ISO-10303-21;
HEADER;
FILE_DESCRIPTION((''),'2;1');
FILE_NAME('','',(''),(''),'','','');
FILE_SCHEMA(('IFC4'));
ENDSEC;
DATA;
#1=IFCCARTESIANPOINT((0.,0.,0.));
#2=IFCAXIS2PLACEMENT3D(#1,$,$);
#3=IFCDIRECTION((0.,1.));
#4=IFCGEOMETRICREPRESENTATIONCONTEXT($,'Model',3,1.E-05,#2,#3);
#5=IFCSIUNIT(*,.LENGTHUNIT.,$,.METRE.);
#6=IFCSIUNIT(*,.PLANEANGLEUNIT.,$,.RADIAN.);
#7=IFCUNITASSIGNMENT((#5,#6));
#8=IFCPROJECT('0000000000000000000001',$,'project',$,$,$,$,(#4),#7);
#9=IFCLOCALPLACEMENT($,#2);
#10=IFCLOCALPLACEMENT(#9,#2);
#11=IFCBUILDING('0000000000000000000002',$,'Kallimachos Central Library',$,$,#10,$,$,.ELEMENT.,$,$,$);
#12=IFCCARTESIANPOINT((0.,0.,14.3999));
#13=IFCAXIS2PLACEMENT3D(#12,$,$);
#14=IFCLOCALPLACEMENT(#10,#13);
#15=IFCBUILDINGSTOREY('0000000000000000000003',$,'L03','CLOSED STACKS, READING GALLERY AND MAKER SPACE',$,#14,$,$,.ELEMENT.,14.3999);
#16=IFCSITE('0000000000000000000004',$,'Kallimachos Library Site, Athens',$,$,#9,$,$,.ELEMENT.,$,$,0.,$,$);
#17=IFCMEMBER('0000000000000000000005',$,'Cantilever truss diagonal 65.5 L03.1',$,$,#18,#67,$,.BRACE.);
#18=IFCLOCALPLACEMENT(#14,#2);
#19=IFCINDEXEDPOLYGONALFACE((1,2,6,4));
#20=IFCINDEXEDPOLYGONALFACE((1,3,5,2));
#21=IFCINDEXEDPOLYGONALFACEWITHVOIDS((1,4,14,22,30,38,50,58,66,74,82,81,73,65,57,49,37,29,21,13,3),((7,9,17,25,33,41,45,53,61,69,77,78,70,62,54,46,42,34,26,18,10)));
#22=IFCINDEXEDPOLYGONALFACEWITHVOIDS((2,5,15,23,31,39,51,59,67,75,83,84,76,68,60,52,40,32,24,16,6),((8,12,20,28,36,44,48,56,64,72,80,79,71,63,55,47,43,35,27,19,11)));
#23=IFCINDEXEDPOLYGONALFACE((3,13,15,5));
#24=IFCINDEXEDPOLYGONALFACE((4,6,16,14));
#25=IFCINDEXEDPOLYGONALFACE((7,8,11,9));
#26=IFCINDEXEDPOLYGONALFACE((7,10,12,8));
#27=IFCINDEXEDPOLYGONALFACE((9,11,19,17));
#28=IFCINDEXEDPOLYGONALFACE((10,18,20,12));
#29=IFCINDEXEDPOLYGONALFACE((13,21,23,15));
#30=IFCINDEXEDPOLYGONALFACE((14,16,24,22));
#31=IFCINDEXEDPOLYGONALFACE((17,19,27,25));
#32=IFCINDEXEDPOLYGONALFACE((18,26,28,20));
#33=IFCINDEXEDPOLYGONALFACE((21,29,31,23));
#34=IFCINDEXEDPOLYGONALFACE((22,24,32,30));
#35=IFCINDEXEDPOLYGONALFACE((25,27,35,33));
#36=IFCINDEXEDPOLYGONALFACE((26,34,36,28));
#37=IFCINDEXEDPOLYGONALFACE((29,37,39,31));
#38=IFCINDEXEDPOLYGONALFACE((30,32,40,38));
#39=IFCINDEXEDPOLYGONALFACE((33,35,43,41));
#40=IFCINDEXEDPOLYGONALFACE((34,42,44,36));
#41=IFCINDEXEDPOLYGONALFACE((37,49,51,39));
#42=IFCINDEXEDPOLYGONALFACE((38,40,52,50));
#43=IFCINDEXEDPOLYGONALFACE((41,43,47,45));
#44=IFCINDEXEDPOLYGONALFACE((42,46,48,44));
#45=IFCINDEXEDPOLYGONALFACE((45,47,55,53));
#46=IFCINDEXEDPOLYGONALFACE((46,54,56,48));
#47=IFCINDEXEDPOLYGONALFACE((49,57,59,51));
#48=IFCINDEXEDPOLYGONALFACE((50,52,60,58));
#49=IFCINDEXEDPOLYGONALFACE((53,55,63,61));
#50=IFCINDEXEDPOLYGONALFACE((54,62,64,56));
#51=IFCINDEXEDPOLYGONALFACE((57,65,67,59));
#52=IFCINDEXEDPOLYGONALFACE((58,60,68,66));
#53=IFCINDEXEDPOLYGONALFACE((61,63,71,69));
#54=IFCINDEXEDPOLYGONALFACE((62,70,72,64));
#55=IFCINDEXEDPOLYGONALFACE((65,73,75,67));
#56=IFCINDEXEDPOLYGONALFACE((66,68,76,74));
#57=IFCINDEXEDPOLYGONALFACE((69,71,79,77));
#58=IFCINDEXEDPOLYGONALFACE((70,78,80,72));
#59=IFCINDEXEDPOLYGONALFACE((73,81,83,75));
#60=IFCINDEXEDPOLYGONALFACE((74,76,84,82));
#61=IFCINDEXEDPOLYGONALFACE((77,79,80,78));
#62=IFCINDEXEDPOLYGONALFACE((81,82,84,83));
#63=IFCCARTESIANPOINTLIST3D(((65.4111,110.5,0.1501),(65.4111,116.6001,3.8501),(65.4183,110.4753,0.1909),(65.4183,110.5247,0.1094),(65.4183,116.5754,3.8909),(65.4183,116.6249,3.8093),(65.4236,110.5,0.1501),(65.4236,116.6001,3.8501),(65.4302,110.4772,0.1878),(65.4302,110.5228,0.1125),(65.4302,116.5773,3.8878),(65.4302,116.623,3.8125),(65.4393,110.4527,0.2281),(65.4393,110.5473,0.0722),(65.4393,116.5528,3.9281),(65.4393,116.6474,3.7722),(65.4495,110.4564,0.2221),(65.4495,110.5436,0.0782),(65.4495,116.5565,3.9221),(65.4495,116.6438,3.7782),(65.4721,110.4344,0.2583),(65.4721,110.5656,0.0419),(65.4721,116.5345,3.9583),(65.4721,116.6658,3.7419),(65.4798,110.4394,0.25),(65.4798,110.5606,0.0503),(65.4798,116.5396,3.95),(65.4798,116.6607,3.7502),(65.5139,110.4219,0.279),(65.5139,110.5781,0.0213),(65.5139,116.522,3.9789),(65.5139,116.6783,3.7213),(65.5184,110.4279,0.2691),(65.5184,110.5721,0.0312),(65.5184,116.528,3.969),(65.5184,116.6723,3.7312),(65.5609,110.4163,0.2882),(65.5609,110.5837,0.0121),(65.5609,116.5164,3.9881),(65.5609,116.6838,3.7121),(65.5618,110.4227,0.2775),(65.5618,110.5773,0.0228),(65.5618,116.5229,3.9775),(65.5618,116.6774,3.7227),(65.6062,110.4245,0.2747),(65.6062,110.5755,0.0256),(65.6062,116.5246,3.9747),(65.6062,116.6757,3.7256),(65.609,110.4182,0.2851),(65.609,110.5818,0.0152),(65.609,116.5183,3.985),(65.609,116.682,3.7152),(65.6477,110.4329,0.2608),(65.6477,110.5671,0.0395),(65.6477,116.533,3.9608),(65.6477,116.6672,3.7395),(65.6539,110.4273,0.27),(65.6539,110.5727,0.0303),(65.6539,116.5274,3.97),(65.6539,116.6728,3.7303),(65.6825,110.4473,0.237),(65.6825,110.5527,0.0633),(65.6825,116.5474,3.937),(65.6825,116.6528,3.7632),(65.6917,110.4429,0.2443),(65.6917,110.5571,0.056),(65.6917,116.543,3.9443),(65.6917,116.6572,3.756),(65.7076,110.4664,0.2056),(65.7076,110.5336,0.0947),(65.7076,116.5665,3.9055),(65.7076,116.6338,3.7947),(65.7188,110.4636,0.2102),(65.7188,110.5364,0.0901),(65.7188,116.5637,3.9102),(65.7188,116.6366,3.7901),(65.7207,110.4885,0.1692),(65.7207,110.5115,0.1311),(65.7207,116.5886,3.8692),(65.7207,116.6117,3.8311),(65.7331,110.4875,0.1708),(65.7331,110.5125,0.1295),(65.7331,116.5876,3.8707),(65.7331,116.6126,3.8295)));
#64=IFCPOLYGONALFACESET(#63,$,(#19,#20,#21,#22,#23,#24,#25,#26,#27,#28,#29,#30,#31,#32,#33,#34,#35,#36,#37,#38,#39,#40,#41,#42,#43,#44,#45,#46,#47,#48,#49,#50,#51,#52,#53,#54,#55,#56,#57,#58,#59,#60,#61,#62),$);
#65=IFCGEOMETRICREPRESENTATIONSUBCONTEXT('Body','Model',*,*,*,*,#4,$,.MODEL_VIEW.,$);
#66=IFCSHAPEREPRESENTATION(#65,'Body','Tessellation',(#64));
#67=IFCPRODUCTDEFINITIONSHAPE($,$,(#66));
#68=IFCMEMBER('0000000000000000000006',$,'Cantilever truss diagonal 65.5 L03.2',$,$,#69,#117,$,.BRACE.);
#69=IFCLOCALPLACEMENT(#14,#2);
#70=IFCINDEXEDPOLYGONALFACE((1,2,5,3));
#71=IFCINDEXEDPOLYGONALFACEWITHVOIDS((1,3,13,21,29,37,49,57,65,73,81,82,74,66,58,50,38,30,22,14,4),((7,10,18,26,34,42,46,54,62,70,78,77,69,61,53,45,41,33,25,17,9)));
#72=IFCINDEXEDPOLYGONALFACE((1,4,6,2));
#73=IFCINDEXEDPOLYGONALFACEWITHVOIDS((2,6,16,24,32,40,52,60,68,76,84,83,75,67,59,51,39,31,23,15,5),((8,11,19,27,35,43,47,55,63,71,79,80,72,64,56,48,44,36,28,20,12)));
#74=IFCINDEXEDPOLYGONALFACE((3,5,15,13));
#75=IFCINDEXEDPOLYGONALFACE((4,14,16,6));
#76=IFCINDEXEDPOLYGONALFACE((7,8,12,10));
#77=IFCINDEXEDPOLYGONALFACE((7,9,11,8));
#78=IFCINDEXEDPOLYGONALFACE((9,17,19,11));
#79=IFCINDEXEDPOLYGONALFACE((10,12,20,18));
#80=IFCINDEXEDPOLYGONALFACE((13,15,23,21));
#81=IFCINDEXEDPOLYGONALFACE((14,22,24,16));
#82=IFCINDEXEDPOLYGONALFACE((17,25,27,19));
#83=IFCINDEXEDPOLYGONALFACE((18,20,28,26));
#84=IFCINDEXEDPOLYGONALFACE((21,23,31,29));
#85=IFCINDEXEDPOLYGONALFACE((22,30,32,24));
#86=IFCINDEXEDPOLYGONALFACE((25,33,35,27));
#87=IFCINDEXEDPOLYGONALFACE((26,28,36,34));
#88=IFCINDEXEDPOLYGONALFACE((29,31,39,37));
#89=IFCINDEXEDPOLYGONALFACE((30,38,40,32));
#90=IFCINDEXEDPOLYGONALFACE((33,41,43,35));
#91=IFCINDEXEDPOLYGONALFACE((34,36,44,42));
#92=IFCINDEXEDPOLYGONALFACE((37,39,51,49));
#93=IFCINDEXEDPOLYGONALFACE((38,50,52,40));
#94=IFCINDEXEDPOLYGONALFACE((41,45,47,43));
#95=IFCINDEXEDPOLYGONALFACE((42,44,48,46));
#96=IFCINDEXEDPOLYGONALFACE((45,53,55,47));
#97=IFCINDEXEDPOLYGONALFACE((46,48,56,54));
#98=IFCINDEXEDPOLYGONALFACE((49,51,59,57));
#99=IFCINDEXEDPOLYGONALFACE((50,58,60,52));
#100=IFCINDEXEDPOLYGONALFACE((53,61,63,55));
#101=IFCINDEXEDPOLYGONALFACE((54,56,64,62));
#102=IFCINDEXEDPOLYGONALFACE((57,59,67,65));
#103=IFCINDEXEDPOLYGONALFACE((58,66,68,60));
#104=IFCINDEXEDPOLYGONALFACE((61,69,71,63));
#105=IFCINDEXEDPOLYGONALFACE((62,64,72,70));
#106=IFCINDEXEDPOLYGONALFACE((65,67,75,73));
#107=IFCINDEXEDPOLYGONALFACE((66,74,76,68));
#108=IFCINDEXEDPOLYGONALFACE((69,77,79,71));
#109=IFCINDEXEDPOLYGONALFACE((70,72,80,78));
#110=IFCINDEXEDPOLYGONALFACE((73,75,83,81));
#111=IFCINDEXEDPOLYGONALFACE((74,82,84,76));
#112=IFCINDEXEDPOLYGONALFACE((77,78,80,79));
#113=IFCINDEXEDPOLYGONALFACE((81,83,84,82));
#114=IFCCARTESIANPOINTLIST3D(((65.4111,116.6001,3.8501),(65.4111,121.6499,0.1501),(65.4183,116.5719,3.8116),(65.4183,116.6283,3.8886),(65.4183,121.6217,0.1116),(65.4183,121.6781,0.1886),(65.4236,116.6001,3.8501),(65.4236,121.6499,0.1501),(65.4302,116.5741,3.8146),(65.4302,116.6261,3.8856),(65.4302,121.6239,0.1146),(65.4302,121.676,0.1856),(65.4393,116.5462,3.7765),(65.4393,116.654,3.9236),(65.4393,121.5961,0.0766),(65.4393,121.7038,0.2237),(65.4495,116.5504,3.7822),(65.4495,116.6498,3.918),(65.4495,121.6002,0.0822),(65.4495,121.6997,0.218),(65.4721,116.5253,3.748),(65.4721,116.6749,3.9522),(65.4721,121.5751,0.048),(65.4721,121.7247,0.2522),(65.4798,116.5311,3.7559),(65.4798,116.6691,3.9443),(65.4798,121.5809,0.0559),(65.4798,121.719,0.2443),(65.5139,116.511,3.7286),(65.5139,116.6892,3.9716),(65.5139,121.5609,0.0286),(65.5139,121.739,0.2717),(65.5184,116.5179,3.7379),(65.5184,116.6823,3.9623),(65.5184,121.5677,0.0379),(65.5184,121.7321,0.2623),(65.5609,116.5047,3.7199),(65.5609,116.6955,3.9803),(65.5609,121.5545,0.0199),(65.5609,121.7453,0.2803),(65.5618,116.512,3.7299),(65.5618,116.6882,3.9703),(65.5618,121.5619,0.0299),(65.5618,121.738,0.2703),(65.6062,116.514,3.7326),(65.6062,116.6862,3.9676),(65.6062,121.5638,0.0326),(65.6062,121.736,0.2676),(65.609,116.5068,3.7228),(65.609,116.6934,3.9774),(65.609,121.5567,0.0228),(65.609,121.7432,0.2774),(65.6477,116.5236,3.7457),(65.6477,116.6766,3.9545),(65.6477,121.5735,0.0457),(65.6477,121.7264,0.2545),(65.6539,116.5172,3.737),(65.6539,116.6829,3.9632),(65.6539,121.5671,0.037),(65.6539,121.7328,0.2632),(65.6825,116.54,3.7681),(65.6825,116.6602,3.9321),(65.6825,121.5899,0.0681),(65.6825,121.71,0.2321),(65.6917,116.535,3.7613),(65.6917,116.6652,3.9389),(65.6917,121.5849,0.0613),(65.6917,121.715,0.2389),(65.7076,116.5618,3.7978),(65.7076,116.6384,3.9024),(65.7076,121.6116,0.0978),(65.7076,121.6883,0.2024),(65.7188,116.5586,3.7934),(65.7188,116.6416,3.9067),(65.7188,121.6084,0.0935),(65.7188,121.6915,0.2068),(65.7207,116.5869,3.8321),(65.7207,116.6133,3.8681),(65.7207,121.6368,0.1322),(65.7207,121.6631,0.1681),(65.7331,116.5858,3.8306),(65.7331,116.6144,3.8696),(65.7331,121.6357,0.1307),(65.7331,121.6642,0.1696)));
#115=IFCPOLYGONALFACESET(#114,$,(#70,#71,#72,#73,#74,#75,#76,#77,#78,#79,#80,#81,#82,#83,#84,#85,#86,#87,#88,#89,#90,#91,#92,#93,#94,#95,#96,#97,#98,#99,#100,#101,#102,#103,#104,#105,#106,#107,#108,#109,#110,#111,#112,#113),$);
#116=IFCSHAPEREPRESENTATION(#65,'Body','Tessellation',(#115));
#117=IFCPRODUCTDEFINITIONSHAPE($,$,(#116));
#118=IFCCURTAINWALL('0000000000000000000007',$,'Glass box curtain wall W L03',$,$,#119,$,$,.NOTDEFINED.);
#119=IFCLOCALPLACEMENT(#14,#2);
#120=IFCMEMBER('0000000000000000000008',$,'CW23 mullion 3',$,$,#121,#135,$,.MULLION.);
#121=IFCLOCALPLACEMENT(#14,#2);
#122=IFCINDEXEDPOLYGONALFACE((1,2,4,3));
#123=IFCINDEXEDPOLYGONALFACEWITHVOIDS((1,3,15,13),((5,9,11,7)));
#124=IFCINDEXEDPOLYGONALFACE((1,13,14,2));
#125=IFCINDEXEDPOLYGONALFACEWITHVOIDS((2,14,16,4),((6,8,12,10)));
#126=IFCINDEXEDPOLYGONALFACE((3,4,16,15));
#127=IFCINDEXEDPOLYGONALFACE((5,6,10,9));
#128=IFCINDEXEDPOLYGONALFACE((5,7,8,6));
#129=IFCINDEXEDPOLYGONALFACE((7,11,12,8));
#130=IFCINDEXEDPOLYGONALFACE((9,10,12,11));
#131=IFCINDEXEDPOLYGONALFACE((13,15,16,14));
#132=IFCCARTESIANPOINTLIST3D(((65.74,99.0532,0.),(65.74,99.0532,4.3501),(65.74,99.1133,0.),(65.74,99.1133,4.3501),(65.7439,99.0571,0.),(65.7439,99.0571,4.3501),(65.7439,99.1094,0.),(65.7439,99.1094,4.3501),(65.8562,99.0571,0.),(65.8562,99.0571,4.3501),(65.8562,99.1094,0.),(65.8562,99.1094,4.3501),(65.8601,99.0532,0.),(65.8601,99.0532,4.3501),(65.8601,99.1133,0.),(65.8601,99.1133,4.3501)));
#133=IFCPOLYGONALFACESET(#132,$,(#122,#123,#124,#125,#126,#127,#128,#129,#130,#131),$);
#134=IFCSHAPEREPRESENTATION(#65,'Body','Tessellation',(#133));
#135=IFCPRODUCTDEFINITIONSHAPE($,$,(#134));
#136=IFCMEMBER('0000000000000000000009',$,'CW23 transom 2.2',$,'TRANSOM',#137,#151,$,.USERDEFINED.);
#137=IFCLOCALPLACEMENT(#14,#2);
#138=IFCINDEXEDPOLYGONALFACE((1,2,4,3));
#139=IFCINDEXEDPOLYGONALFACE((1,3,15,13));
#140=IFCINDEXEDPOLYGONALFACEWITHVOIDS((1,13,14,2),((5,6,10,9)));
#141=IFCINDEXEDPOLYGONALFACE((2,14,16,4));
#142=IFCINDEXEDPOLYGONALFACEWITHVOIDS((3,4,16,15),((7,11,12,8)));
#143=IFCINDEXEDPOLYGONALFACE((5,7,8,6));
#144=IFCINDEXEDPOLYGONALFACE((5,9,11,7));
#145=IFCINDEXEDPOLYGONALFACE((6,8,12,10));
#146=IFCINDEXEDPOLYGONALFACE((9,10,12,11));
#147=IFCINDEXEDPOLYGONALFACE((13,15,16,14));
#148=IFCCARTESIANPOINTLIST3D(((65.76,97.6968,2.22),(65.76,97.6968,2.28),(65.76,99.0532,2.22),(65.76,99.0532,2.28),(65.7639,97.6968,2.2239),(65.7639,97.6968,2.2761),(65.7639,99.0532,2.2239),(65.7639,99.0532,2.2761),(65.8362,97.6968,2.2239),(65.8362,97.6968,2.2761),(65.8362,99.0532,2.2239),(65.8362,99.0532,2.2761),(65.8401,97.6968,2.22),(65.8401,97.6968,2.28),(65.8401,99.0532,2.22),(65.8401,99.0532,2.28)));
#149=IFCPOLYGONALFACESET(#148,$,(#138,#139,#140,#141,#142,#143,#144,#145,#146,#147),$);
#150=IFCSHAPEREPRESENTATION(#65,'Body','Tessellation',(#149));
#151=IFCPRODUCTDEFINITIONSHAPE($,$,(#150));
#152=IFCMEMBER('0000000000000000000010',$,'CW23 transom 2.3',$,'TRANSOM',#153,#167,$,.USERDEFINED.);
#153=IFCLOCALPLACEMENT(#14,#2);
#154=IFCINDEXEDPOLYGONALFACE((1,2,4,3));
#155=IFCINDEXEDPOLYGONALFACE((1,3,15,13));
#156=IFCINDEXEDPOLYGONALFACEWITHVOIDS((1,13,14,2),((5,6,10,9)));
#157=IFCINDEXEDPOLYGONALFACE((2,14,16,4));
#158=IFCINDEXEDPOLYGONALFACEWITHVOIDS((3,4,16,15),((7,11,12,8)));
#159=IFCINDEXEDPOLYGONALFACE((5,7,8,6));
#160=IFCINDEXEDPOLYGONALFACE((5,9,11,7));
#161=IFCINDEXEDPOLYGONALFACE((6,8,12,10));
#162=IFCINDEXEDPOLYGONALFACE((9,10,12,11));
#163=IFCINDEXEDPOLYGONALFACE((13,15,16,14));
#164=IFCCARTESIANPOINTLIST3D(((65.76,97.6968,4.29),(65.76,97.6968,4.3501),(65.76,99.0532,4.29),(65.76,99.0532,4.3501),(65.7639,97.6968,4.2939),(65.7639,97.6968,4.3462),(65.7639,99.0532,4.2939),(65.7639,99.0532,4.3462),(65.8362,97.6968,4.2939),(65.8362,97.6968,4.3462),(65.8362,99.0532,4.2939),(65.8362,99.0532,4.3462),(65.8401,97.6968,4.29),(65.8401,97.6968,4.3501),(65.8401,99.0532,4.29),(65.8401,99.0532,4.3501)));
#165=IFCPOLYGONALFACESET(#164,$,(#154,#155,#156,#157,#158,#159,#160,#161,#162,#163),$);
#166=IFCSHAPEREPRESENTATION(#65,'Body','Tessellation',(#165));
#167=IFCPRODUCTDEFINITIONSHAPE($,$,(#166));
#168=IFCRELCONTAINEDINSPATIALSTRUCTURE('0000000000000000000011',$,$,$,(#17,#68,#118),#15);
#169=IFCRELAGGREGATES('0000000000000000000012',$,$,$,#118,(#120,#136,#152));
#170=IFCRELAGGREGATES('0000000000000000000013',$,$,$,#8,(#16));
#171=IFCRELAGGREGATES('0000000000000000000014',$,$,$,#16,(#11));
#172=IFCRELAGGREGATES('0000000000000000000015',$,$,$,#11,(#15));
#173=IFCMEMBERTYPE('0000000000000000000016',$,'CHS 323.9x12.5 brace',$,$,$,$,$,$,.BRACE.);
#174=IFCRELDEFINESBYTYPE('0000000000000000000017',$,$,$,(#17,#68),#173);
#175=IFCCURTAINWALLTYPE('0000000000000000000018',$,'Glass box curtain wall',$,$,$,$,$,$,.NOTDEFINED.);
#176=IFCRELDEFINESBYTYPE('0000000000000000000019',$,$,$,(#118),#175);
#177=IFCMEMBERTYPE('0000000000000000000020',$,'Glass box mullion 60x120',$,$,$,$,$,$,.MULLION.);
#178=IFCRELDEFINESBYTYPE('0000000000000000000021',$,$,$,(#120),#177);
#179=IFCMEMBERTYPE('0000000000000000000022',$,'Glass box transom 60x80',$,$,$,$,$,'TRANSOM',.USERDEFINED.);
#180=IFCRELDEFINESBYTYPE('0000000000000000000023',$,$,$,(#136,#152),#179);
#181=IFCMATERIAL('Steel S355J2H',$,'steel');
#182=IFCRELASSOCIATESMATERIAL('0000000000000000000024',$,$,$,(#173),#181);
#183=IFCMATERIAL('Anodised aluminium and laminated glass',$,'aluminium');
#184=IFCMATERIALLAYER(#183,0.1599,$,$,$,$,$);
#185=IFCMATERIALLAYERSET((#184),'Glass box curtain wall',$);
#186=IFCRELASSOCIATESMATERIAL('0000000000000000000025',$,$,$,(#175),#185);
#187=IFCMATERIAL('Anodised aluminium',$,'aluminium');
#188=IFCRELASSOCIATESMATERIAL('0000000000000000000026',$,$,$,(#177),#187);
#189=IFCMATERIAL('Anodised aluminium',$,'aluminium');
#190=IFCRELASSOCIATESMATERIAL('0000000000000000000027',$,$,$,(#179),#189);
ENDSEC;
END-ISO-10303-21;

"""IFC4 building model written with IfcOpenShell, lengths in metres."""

from ifc_helpers import new_model, si_unit, direction, frame, origin, origin_2d, place, context, subcontext, project, spatial, hollow_rectangle, hollow_circle, extrude, material, layer, layer_set, material_profile, profile_set, type_object, element, aggregate, save


model = new_model("IFC4")

# Units and contexts
model_context = context("Model", 3, precision=1e-05, world=origin(), true_north=direction((0.0, 1.0)))
body_context = subcontext(model_context, "Body", "Model", "MODEL_VIEW")
ifc_project = project(units=[si_unit("LENGTHUNIT", "METRE"), si_unit("PLANEANGLEUNIT", "RADIAN")], contexts=[model_context])

# Site, building, storey
site_placement = place(None, origin())
site = spatial("IfcSite", under=ifc_project, at=site_placement, Name="Kallimachos Library Site, Athens", CompositionType="ELEMENT", RefElevation=0.0)
building_placement = place(site_placement, origin())
building = spatial("IfcBuilding", under=site, at=building_placement, Name="Kallimachos Central Library", CompositionType="ELEMENT")
storey_placement = place(building_placement, frame((0.0, 0.0, 14.3999)))
storey = spatial("IfcBuildingStorey", under=building, at=storey_placement, Name="L03", Description="CLOSED STACKS, READING GALLERY AND MAKER SPACE", CompositionType="ELEMENT", Elevation=14.3999)

# Members
ifc_material_1 = material(Name="Steel S355J2H", Category="steel")
ifc_material_profile_1 = material_profile(ifc_material_1, hollow_circle(Radius=0.1619, WallThickness=0.0125, at=origin_2d()), Name="CHS 323.9x12.5")
ifc_profile_set_1 = profile_set([ifc_material_profile_1], Name="Steel S355J2H")
member_type_1 = type_object("IfcMemberType", Name="CHS 323.9x12.5 brace", PredefinedType="BRACE", material=ifc_profile_set_1)
member_1_placement = place(storey_placement, frame((65.573, 110.5, 0.1501), z_axis=(0.0, 0.855016, 0.518601), x_axis=(-1.0, 0.0, 0.0)))
element("IfcMember", 1, at=member_1_placement, inside=storey, type_object=member_type_1, Name="Cantilever truss diagonal 65.5 L03.1", PredefinedType="BRACE", context=body_context, shape_type="SweptSolid", body=[
    extrude(hollow_circle(Radius=0.1619, WallThickness=0.0125, at=origin_2d()), origin(), (0.0, 0.0, 1.0), 7.1345),
])
member_2_placement = place(storey_placement, frame((65.573, 116.6001, 3.8501), z_axis=(0.0, 0.806652, -0.591027), x_axis=(-1.0, 0.0, 0.0)))
element("IfcMember", 2, at=member_2_placement, inside=storey, type_object=member_type_1, Name="Cantilever truss diagonal 65.5 L03.2", PredefinedType="BRACE", context=body_context, shape_type="SweptSolid", body=[
    extrude(hollow_circle(Radius=0.1619, WallThickness=0.0125, at=origin_2d()), origin(), (0.0, 0.0, 1.0), 6.2603),
])

# Curtain wall, members
ifc_material_2 = material(Name="Anodised aluminium and laminated glass", Category="aluminium")
ifc_layer_1 = layer(ifc_material_2, 0.1599)
ifc_layer_set_1 = layer_set([ifc_layer_1], Name="Glass box curtain wall")
curtain_wall_type = type_object("IfcCurtainWallType", Name="Glass box curtain wall", PredefinedType="NOTDEFINED", material=ifc_layer_set_1)
curtain_wall_placement = place(storey_placement, origin())
curtain_wall = element("IfcCurtainWall", 3, at=curtain_wall_placement, inside=storey, type_object=curtain_wall_type, Name="Glass box curtain wall W L03", PredefinedType="NOTDEFINED")
ifc_material_3 = material(Name="Anodised aluminium", Category="aluminium")
ifc_material_profile_2 = material_profile(ifc_material_3, hollow_rectangle(XDim=0.0601, YDim=0.1201, WallThickness=0.0039, at=origin_2d()), Name="ALU MULLION 60x120")
ifc_profile_set_2 = profile_set([ifc_material_profile_2], Name="Anodised aluminium")
member_type_2 = type_object("IfcMemberType", Name="Glass box mullion 60x120", PredefinedType="MULLION", material=ifc_profile_set_2)
member_3_placement = place(storey_placement, frame((65.8, 99.0833, 0.0), z_axis=(0.0, 0.0, 1.0), x_axis=(0.0, 1.0, 0.0)))
member_3 = element("IfcMember", 4, at=member_3_placement, type_object=member_type_2, Name="CW23 mullion 3", PredefinedType="MULLION", context=body_context, shape_type="SweptSolid", body=[
    extrude(hollow_rectangle(XDim=0.0601, YDim=0.1201, WallThickness=0.0039, at=origin_2d()), origin(), (0.0, 0.0, 1.0), 4.3501),
])
ifc_material_4 = material(Name="Anodised aluminium", Category="aluminium")
ifc_material_profile_3 = material_profile(ifc_material_4, hollow_rectangle(XDim=0.0601, YDim=0.0801, WallThickness=0.0039, at=origin_2d()), Name="ALU TRANSOM 60x80")
ifc_profile_set_3 = profile_set([ifc_material_profile_3], Name="Anodised aluminium")
member_type_3 = type_object("IfcMemberType", Name="Glass box transom 60x80", ElementType="TRANSOM", PredefinedType="USERDEFINED", material=ifc_profile_set_3)
member_4_placement = place(storey_placement, frame((65.8, 97.6968, 2.25), z_axis=(0.0, 1.0, 0.0), x_axis=(0.0, 0.0, 1.0)))
member_4 = element("IfcMember", 5, at=member_4_placement, type_object=member_type_3, Name="CW23 transom 2.2", ObjectType="TRANSOM", PredefinedType="USERDEFINED", context=body_context, shape_type="SweptSolid", body=[
    extrude(hollow_rectangle(XDim=0.0601, YDim=0.0801, WallThickness=0.0039, at=origin_2d()), origin(), (0.0, 0.0, 1.0), 1.3564),
])
member_5_placement = place(storey_placement, frame((65.8, 97.6968, 4.3201), z_axis=(0.0, 1.0, 0.0), x_axis=(0.0, 0.0, 1.0)))
member_5 = element("IfcMember", 6, at=member_5_placement, type_object=member_type_3, Name="CW23 transom 2.3", ObjectType="TRANSOM", PredefinedType="USERDEFINED", context=body_context, shape_type="SweptSolid", body=[
    extrude(hollow_rectangle(XDim=0.0601, YDim=0.0801, WallThickness=0.0039, at=origin_2d()), origin(), (0.0, 0.0, 1.0), 1.3564),
])

aggregate(curtain_wall, [member_3, member_4, member_5])

save(model, "model.ifc")
